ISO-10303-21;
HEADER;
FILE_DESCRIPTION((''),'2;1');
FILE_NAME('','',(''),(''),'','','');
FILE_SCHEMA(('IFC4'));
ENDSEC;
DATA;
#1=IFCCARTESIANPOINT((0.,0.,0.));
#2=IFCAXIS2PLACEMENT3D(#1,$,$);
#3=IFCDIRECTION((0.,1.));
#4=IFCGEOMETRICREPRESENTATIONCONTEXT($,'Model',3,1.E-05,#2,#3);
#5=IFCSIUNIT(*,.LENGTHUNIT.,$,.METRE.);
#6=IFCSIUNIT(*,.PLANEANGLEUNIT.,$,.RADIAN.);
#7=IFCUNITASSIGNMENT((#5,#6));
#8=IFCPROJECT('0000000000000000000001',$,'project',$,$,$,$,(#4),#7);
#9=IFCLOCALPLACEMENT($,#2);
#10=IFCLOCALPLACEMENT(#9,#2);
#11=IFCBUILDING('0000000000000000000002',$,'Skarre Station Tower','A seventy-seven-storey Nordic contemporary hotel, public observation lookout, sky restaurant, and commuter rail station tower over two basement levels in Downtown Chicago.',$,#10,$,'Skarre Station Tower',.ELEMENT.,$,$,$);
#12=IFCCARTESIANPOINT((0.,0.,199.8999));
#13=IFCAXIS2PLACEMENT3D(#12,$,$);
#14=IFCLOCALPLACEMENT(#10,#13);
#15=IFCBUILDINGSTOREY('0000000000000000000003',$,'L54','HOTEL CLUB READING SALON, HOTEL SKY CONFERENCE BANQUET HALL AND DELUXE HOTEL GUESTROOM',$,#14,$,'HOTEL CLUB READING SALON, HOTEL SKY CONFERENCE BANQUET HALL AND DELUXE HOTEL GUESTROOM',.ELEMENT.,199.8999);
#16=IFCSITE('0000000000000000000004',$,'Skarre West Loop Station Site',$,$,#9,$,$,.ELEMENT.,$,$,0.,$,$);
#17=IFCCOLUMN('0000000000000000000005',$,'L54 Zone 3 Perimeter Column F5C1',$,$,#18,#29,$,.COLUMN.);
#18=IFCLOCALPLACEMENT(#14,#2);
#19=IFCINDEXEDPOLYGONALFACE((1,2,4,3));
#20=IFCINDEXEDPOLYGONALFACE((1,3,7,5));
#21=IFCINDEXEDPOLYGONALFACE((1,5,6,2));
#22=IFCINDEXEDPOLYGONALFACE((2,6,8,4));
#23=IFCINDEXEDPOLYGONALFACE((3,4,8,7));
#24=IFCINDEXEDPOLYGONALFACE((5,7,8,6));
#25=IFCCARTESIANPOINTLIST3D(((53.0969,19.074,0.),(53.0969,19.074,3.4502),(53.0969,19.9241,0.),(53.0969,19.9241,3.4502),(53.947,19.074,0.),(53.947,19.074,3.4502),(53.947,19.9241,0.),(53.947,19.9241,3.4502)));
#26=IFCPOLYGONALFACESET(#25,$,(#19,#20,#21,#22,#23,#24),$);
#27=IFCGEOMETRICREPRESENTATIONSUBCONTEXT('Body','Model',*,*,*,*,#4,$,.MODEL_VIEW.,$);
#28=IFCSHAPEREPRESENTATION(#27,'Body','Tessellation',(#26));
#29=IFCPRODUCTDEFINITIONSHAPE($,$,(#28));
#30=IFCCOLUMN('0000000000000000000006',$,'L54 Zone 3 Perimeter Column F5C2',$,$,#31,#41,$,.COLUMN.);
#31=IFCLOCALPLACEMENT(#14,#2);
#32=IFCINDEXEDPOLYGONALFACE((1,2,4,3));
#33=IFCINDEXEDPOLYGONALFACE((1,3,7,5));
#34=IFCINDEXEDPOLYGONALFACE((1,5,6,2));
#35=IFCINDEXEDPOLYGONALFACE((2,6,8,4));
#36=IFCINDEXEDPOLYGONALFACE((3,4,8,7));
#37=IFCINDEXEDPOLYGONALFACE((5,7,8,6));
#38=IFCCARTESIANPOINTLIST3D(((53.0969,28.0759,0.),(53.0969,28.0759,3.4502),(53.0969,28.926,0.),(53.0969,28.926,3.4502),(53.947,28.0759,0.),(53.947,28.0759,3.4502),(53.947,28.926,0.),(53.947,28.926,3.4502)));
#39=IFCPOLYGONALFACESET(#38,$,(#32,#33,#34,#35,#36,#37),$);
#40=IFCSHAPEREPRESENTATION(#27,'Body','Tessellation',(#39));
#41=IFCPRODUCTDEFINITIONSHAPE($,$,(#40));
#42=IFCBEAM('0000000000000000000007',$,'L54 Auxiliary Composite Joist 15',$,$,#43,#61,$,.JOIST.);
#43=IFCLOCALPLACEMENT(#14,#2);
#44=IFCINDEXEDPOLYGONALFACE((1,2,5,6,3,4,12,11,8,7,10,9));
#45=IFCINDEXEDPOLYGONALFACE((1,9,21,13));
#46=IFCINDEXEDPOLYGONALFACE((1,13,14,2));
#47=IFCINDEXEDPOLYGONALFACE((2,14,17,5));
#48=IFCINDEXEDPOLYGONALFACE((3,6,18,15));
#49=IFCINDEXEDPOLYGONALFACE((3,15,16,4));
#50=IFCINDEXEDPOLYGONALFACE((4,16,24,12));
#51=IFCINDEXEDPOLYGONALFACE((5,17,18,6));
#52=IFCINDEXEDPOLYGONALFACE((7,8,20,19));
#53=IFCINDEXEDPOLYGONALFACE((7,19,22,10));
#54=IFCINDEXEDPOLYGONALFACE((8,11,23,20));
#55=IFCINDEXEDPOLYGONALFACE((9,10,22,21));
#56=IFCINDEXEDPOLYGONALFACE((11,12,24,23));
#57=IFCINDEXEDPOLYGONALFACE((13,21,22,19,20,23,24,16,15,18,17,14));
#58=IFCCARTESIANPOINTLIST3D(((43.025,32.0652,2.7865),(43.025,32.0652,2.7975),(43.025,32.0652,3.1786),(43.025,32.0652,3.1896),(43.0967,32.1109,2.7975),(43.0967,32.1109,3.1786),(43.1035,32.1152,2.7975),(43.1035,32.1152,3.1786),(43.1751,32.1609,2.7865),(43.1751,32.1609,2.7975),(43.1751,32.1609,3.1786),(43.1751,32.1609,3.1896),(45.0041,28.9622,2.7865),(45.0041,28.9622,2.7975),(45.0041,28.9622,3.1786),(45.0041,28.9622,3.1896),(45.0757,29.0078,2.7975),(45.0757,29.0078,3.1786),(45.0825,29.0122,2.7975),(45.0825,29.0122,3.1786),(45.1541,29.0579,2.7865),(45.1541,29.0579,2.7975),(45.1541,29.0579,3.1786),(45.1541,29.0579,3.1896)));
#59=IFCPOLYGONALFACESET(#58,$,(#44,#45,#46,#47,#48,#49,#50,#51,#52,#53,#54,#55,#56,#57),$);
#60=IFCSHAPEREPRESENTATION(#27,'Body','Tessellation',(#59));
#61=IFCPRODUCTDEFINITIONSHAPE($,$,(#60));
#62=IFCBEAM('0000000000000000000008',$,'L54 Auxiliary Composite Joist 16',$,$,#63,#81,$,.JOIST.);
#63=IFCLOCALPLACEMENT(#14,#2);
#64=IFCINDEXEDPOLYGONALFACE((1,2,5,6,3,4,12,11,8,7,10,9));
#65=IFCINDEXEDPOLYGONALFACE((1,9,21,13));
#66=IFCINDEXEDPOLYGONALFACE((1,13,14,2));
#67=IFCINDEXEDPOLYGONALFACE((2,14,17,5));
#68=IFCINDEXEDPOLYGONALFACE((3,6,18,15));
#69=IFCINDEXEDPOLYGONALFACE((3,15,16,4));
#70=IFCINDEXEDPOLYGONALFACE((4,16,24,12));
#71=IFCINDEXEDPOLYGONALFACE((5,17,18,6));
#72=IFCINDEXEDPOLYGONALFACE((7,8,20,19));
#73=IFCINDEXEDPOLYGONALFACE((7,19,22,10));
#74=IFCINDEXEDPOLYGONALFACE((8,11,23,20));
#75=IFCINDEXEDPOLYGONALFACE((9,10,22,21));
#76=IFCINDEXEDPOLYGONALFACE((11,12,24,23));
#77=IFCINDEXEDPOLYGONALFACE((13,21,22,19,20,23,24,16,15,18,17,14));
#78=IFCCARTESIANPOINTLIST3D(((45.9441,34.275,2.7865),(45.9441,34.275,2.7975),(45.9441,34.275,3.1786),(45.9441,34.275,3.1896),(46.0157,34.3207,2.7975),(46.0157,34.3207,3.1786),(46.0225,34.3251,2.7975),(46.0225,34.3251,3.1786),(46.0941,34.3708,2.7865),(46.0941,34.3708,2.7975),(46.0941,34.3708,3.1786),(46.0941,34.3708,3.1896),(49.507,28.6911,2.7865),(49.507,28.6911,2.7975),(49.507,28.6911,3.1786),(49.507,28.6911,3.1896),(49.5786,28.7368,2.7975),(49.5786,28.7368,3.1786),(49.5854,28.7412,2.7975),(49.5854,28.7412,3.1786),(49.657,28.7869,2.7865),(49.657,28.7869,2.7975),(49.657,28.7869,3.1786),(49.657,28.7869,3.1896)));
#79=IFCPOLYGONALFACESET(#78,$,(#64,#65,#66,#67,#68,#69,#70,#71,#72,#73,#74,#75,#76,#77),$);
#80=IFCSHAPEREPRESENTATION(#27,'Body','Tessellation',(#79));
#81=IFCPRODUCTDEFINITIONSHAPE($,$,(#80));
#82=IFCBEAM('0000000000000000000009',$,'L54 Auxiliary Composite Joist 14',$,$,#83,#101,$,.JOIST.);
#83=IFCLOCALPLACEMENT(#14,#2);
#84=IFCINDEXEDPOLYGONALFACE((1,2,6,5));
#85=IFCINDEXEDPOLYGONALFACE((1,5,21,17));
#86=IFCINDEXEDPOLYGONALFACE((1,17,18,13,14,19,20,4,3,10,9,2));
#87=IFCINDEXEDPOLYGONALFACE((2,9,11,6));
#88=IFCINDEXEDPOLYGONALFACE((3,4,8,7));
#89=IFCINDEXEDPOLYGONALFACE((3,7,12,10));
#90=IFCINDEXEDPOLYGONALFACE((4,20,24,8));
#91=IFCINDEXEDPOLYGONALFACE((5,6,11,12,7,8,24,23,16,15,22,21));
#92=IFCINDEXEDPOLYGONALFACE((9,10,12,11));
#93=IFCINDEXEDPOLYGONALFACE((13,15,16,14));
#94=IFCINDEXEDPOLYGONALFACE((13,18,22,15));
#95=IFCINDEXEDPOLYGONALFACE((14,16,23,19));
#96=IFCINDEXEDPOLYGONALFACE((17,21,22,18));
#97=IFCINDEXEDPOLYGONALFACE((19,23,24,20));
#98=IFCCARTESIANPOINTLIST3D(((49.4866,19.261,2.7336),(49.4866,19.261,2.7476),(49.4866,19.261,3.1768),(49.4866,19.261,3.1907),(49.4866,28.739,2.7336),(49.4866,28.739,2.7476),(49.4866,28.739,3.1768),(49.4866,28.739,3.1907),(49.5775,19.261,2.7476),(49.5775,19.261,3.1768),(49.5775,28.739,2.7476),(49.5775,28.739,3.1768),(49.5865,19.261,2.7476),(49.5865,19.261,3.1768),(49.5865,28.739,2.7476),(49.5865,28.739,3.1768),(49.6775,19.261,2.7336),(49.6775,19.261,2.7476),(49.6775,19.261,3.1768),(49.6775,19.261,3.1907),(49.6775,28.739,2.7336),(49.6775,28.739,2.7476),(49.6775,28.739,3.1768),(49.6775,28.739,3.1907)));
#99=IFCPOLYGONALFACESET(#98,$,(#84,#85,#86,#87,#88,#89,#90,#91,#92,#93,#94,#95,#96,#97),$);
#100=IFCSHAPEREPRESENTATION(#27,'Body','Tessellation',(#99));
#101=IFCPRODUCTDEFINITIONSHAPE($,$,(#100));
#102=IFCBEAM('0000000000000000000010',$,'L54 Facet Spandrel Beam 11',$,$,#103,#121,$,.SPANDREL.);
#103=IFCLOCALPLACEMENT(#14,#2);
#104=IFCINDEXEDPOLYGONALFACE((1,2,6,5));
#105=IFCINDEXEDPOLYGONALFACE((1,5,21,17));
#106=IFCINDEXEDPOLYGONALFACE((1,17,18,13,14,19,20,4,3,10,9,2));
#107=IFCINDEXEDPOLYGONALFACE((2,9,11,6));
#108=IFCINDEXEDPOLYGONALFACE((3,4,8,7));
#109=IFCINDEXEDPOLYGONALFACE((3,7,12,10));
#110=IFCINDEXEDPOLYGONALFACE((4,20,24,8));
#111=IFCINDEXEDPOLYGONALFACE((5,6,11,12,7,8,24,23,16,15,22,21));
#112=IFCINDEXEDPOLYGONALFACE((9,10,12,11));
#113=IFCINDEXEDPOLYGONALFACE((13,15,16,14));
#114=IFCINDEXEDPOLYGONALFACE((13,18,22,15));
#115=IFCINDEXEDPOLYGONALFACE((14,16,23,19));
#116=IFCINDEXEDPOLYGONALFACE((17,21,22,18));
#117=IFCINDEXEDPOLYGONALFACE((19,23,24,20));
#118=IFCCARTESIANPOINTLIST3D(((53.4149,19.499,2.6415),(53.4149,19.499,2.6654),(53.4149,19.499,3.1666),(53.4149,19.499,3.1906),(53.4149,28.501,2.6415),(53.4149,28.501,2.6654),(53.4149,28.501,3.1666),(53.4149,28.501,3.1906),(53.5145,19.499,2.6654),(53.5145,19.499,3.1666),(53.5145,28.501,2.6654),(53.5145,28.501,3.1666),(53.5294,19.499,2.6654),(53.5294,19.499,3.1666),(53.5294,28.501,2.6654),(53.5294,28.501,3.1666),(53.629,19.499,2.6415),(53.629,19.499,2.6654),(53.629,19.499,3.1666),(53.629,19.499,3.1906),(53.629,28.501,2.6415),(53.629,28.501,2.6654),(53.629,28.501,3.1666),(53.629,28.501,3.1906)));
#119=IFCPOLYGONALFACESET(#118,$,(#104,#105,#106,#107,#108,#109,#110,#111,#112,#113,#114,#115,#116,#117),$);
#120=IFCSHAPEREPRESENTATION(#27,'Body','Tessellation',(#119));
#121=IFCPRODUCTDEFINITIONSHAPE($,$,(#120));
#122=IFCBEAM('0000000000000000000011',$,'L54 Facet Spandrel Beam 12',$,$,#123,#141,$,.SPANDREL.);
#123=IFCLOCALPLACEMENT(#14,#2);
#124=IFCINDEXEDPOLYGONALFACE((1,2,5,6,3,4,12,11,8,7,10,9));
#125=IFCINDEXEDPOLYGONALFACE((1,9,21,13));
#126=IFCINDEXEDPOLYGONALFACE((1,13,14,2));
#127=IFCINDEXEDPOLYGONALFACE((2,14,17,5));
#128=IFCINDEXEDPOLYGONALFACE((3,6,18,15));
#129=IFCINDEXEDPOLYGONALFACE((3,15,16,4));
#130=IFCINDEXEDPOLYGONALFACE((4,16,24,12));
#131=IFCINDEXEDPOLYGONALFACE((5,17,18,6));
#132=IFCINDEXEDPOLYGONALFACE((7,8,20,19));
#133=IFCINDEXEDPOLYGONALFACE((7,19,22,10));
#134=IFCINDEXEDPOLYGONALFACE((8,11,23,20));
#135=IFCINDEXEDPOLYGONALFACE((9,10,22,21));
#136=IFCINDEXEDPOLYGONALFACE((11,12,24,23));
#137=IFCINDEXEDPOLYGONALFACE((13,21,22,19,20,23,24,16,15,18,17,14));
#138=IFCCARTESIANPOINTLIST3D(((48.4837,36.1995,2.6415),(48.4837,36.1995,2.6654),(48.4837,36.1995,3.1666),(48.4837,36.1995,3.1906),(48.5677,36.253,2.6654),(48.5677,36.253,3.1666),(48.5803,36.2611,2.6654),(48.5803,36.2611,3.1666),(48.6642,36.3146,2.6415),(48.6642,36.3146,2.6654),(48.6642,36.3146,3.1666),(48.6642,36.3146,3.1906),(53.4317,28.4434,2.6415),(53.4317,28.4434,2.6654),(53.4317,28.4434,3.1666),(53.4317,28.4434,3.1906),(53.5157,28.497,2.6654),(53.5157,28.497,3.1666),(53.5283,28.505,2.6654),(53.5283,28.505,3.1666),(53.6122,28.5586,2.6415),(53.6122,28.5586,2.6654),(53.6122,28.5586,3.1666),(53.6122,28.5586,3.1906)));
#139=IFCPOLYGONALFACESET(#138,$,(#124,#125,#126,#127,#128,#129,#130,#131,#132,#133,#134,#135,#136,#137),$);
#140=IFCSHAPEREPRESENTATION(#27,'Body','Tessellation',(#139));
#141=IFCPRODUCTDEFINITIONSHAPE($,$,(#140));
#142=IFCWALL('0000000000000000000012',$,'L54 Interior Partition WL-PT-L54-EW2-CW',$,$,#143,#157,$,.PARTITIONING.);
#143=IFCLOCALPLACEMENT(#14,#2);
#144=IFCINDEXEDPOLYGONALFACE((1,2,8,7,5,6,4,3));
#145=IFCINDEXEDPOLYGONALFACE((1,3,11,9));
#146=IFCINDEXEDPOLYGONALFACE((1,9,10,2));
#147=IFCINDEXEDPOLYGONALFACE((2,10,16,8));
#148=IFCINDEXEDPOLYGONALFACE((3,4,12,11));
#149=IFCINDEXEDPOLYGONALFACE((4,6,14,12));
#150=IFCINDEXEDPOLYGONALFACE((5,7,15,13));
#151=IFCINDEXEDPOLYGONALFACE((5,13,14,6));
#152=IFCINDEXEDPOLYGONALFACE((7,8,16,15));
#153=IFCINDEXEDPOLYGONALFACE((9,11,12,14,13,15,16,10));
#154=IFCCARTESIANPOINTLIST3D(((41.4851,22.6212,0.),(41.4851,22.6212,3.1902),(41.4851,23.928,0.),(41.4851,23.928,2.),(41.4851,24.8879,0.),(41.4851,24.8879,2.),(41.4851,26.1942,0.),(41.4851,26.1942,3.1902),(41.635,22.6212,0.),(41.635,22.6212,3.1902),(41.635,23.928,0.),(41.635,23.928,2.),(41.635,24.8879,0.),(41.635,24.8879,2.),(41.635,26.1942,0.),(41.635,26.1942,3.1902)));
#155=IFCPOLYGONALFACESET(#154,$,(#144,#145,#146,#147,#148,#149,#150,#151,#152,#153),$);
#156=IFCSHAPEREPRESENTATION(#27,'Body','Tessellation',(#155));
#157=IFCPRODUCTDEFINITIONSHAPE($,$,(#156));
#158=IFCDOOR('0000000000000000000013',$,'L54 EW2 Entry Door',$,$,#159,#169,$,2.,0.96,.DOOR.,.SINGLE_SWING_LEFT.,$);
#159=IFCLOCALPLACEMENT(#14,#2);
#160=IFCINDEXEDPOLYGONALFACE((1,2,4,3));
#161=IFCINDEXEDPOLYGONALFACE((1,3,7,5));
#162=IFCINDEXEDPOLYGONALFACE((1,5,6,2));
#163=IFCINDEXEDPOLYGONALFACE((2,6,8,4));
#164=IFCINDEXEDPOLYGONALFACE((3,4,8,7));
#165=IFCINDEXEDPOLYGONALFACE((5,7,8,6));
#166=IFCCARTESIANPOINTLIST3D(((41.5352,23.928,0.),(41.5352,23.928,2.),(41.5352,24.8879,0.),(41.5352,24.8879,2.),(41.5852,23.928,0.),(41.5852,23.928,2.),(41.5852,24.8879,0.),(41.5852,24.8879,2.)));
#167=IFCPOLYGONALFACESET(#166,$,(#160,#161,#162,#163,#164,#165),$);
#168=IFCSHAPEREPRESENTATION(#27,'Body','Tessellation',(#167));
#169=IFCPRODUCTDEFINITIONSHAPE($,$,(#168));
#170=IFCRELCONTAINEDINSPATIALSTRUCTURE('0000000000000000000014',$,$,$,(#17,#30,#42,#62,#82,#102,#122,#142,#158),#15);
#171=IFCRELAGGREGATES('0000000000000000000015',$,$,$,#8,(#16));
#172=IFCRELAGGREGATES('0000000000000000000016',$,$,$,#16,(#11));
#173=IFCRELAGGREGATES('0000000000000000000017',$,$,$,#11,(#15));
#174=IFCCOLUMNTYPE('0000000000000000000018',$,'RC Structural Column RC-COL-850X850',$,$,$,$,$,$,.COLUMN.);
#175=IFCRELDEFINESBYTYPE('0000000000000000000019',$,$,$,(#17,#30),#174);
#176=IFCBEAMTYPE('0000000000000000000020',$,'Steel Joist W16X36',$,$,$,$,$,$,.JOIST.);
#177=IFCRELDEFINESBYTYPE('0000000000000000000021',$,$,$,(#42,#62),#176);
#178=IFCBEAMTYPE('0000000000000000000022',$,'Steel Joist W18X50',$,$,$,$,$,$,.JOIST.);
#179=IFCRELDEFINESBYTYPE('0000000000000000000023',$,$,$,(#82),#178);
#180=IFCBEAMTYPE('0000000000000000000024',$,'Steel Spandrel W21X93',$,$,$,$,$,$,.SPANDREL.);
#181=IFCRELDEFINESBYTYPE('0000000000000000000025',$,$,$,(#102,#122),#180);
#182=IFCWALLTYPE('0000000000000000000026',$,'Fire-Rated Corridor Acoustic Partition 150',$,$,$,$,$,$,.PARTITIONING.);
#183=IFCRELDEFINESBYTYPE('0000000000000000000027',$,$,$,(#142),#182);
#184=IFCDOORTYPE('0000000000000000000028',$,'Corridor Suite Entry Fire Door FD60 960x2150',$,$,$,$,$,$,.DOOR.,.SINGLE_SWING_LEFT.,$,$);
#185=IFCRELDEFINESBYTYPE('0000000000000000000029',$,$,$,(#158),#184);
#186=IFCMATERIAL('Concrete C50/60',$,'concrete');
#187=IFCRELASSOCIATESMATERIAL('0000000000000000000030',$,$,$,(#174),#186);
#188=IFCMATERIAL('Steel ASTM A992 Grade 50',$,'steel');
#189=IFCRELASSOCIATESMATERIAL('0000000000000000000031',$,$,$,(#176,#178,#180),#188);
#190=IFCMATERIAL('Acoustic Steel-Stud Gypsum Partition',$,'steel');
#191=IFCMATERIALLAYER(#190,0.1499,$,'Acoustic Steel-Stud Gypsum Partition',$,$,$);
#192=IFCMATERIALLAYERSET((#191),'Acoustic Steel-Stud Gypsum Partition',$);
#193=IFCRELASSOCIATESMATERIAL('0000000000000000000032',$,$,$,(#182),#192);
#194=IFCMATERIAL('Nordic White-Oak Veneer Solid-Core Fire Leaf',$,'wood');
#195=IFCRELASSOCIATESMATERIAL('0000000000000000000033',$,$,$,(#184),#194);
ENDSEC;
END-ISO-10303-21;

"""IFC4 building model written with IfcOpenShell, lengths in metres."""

from ifc_helpers import new_model, si_unit, direction, frame, frame_2d, origin, origin_2d, place, context, subcontext, project, spatial, rectangle, i_section, extrude, material, layer, layer_set, material_profile, profile_set, type_object, element, fill, save


model = new_model("IFC4")

# Units and contexts
model_context = context("Model", 3, precision=1e-05, world=origin(), true_north=direction((0.0, 1.0)))
body_context = subcontext(model_context, "Body", "Model", "MODEL_VIEW")
ifc_project = project(units=[si_unit("LENGTHUNIT", "METRE"), si_unit("PLANEANGLEUNIT", "RADIAN")], contexts=[model_context])

# Site, building, storey
site_placement = place(None, origin())
site = spatial("IfcSite", under=ifc_project, at=site_placement, Name="Skarre West Loop Station Site", CompositionType="ELEMENT", RefElevation=0.0)
building_placement = place(site_placement, origin())
building = spatial("IfcBuilding", under=site, at=building_placement, Name="Skarre Station Tower", Description="A seventy-seven-storey Nordic contemporary hotel, public observation lookout, sky restaurant, and commuter rail station tower over two basement levels in Downtown Chicago.", LongName="Skarre Station Tower", CompositionType="ELEMENT")
storey_placement = place(building_placement, frame((0.0, 0.0, 199.8999)))
storey = spatial("IfcBuildingStorey", under=building, at=storey_placement, Name="L54", Description="HOTEL CLUB READING SALON, HOTEL SKY CONFERENCE BANQUET HALL AND DELUXE HOTEL GUESTROOM", LongName="HOTEL CLUB READING SALON, HOTEL SKY CONFERENCE BANQUET HALL AND DELUXE HOTEL GUESTROOM", CompositionType="ELEMENT", Elevation=199.8999)

# Columns
ifc_material_1 = material(Name="Concrete C50/60", Category="concrete")
ifc_material_profile_1 = material_profile(ifc_material_1, rectangle(XDim=0.8501, YDim=0.8501, at=origin_2d()), Name="Concrete C50/60")
ifc_profile_set_1 = profile_set([ifc_material_profile_1], Name="Concrete C50/60")
column_type = type_object("IfcColumnType", Name="RC Structural Column RC-COL-850X850", PredefinedType="COLUMN", material=ifc_profile_set_1)
for number, where, z_axis, x_axis, name in (
    (1, (53.522, 19.499, 0.0), (0.0, 0.0, 1.0), (1.0, 0.0, 0.0), "L54 Zone 3 Perimeter Column F5C1"),
    (2, (53.522, 28.501, 0.0), (0.0, 0.0, 1.0), (1.0, 0.0, 0.0), "L54 Zone 3 Perimeter Column F5C2"),
):
    element("IfcColumn", number, at=place(storey_placement, frame(where, z_axis=z_axis, x_axis=x_axis)), inside=storey, type_object=column_type, Name=name, PredefinedType="COLUMN", context=body_context, shape_type="SweptSolid", body=[
        extrude(rectangle(XDim=0.8501, YDim=0.8501, at=origin_2d()), origin(), (0.0, 0.0, 1.0), 3.4502),
    ])

# Beams
ifc_material_2 = material(Name="Steel ASTM A992 Grade 50", Category="steel")
ifc_material_profile_2 = material_profile(ifc_material_2, i_section(OverallWidth=0.178, OverallDepth=0.4031, WebThickness=0.0081, FlangeThickness=0.011, at=origin_2d()), Name="Steel ASTM A992 Grade 50")
ifc_profile_set_2 = profile_set([ifc_material_profile_2], Name="Steel ASTM A992 Grade 50")
beam_type_1 = type_object("IfcBeamType", Name="Steel Joist W16X36", PredefinedType="JOIST", material=ifc_profile_set_2)
beam_1_placement = place(storey_placement, frame((45.0791, 29.01, 2.988), z_axis=(-0.537717, 0.843126, 0.0), x_axis=(-0.843126, -0.537717, 0.0)))
element("IfcBeam", 3, at=beam_1_placement, inside=storey, type_object=beam_type_1, Name="L54 Auxiliary Composite Joist 15", PredefinedType="JOIST", context=body_context, shape_type="SweptSolid", body=[
    extrude(i_section(OverallWidth=0.178, OverallDepth=0.4031, WebThickness=0.0081, FlangeThickness=0.011, at=origin_2d()), origin(), (0.0, 0.0, 1.0), 3.6804),
])
beam_2_placement = place(storey_placement, frame((49.582, 28.739, 2.988), z_axis=(-0.537901, 0.843008, 0.0), x_axis=(-0.843008, -0.537901, 0.0)))
element("IfcBeam", 4, at=beam_2_placement, inside=storey, type_object=beam_type_1, Name="L54 Auxiliary Composite Joist 16", PredefinedType="JOIST", context=body_context, shape_type="SweptSolid", body=[
    extrude(i_section(OverallWidth=0.178, OverallDepth=0.4031, WebThickness=0.0081, FlangeThickness=0.011, at=origin_2d()), origin(), (0.0, 0.0, 1.0), 6.6238),
])
ifc_material_profile_3 = material_profile(ifc_material_2, i_section(OverallWidth=0.1909, OverallDepth=0.457, WebThickness=0.009, FlangeThickness=0.0139, at=origin_2d()), Name="Steel ASTM A992 Grade 50")
ifc_profile_set_3 = profile_set([ifc_material_profile_3], Name="Steel ASTM A992 Grade 50")
beam_type_2 = type_object("IfcBeamType", Name="Steel Joist W18X50", PredefinedType="JOIST", material=ifc_profile_set_3)
beam_3_placement = place(storey_placement, frame((49.582, 19.261, 2.9622), z_axis=(0.0, 1.0, 0.0), x_axis=(-1.0, 0.0, 0.0)))
element("IfcBeam", 5, at=beam_3_placement, inside=storey, type_object=beam_type_2, Name="L54 Auxiliary Composite Joist 14", PredefinedType="JOIST", context=body_context, shape_type="SweptSolid", body=[
    extrude(i_section(OverallWidth=0.1909, OverallDepth=0.457, WebThickness=0.009, FlangeThickness=0.0139, at=origin_2d()), origin(), (0.0, 0.0, 1.0), 9.478),
])
ifc_material_profile_4 = material_profile(ifc_material_2, i_section(OverallWidth=0.2141, OverallDepth=0.5491, WebThickness=0.0149, FlangeThickness=0.0239, at=origin_2d()), Name="Steel ASTM A992 Grade 50")
ifc_profile_set_4 = profile_set([ifc_material_profile_4], Name="Steel ASTM A992 Grade 50")
beam_type_3 = type_object("IfcBeamType", Name="Steel Spandrel W21X93", PredefinedType="SPANDREL", material=ifc_profile_set_4)
beam_4_placement = place(storey_placement, frame((53.522, 19.499, 2.916), z_axis=(0.0, 1.0, 0.0), x_axis=(-1.0, 0.0, 0.0)))
element("IfcBeam", 6, at=beam_4_placement, inside=storey, type_object=beam_type_3, Name="L54 Facet Spandrel Beam 11", PredefinedType="SPANDREL", context=body_context, shape_type="SweptSolid", body=[
    extrude(i_section(OverallWidth=0.2141, OverallDepth=0.5491, WebThickness=0.0149, FlangeThickness=0.0239, at=origin_2d()), origin(), (0.0, 0.0, 1.0), 9.002),
])
beam_5_placement = place(storey_placement, frame((53.522, 28.501, 2.916), z_axis=(-0.537826, 0.843056, 0.0), x_axis=(-0.843056, -0.537826, 0.0)))
element("IfcBeam", 7, at=beam_5_placement, inside=storey, type_object=beam_type_3, Name="L54 Facet Spandrel Beam 12", PredefinedType="SPANDREL", context=body_context, shape_type="SweptSolid", body=[
    extrude(i_section(OverallWidth=0.2141, OverallDepth=0.5491, WebThickness=0.0149, FlangeThickness=0.0239, at=origin_2d()), origin(), (0.0, 0.0, 1.0), 9.2),
])

# Wall, opening, door
ifc_material_3 = material(Name="Acoustic Steel-Stud Gypsum Partition", Category="steel")
ifc_layer_1 = layer(ifc_material_3, 0.1499, Name="Acoustic Steel-Stud Gypsum Partition")
ifc_layer_set_1 = layer_set([ifc_layer_1], Name="Acoustic Steel-Stud Gypsum Partition")
wall_type_1 = type_object("IfcWallType", Name="Fire-Rated Corridor Acoustic Partition 150", PredefinedType="PARTITIONING", material=ifc_layer_set_1)
wall_1_placement = place(storey_placement, frame((41.5601, 22.6211, 0.0), z_axis=(0.0, 0.0, 1.0), x_axis=(0.0, 1.0, 0.0)))
wall_1 = element("IfcWall", 8, at=wall_1_placement, inside=storey, type_object=wall_type_1, Name="L54 Interior Partition WL-PT-L54-EW2-CW", PredefinedType="PARTITIONING", context=body_context, shape_type="SweptSolid", body=[
    extrude(rectangle(XDim=3.573, YDim=0.1499, at=frame_2d((1.7866, 0.0))), origin(), (0.0, 0.0, 1.0), 3.1902),
])
opening_1_placement = place(wall_1_placement, frame((1.3069, 0.0, 0.0)))
opening_1 = element("IfcOpeningElement", 9, at=opening_1_placement, cuts=wall_1, PredefinedType="OPENING", context=body_context, shape_type="SweptSolid", body=[
    extrude(rectangle(XDim=0.96, YDim=2.0, at=frame_2d((0.48, 1.0))), frame((0.0, 0.085, 0.0), z_axis=(0.0, -1.0, 0.0), x_axis=(1.0, 0.0, 0.0)), (0.0, 0.0, 1.0), 0.1699),
])
ifc_material_4 = material(Name="Nordic White-Oak Veneer Solid-Core Fire Leaf", Category="wood")
door_type_1 = type_object("IfcDoorType", Name="Corridor Suite Entry Fire Door FD60 960x2150", OperationType="SINGLE_SWING_LEFT", PredefinedType="DOOR", material=ifc_material_4)
door_1_placement = place(opening_1_placement, origin())
door_1 = element("IfcDoor", 10, at=door_1_placement, inside=storey, type_object=door_type_1, Name="L54 EW2 Entry Door", OperationType="SINGLE_SWING_LEFT", OverallHeight=2.0, OverallWidth=0.96, PredefinedType="DOOR", context=body_context, shape_type="SweptSolid", body=[
    extrude(rectangle(XDim=0.96, YDim=2.0, at=frame_2d((0.48, 1.0))), frame((0.0, 0.0249, 0.0), z_axis=(0.0, -1.0, 0.0), x_axis=(1.0, 0.0, 0.0)), (0.0, 0.0, 1.0), 0.05),
])
fill(opening_1, door_1)

save(model, "model.ifc")
